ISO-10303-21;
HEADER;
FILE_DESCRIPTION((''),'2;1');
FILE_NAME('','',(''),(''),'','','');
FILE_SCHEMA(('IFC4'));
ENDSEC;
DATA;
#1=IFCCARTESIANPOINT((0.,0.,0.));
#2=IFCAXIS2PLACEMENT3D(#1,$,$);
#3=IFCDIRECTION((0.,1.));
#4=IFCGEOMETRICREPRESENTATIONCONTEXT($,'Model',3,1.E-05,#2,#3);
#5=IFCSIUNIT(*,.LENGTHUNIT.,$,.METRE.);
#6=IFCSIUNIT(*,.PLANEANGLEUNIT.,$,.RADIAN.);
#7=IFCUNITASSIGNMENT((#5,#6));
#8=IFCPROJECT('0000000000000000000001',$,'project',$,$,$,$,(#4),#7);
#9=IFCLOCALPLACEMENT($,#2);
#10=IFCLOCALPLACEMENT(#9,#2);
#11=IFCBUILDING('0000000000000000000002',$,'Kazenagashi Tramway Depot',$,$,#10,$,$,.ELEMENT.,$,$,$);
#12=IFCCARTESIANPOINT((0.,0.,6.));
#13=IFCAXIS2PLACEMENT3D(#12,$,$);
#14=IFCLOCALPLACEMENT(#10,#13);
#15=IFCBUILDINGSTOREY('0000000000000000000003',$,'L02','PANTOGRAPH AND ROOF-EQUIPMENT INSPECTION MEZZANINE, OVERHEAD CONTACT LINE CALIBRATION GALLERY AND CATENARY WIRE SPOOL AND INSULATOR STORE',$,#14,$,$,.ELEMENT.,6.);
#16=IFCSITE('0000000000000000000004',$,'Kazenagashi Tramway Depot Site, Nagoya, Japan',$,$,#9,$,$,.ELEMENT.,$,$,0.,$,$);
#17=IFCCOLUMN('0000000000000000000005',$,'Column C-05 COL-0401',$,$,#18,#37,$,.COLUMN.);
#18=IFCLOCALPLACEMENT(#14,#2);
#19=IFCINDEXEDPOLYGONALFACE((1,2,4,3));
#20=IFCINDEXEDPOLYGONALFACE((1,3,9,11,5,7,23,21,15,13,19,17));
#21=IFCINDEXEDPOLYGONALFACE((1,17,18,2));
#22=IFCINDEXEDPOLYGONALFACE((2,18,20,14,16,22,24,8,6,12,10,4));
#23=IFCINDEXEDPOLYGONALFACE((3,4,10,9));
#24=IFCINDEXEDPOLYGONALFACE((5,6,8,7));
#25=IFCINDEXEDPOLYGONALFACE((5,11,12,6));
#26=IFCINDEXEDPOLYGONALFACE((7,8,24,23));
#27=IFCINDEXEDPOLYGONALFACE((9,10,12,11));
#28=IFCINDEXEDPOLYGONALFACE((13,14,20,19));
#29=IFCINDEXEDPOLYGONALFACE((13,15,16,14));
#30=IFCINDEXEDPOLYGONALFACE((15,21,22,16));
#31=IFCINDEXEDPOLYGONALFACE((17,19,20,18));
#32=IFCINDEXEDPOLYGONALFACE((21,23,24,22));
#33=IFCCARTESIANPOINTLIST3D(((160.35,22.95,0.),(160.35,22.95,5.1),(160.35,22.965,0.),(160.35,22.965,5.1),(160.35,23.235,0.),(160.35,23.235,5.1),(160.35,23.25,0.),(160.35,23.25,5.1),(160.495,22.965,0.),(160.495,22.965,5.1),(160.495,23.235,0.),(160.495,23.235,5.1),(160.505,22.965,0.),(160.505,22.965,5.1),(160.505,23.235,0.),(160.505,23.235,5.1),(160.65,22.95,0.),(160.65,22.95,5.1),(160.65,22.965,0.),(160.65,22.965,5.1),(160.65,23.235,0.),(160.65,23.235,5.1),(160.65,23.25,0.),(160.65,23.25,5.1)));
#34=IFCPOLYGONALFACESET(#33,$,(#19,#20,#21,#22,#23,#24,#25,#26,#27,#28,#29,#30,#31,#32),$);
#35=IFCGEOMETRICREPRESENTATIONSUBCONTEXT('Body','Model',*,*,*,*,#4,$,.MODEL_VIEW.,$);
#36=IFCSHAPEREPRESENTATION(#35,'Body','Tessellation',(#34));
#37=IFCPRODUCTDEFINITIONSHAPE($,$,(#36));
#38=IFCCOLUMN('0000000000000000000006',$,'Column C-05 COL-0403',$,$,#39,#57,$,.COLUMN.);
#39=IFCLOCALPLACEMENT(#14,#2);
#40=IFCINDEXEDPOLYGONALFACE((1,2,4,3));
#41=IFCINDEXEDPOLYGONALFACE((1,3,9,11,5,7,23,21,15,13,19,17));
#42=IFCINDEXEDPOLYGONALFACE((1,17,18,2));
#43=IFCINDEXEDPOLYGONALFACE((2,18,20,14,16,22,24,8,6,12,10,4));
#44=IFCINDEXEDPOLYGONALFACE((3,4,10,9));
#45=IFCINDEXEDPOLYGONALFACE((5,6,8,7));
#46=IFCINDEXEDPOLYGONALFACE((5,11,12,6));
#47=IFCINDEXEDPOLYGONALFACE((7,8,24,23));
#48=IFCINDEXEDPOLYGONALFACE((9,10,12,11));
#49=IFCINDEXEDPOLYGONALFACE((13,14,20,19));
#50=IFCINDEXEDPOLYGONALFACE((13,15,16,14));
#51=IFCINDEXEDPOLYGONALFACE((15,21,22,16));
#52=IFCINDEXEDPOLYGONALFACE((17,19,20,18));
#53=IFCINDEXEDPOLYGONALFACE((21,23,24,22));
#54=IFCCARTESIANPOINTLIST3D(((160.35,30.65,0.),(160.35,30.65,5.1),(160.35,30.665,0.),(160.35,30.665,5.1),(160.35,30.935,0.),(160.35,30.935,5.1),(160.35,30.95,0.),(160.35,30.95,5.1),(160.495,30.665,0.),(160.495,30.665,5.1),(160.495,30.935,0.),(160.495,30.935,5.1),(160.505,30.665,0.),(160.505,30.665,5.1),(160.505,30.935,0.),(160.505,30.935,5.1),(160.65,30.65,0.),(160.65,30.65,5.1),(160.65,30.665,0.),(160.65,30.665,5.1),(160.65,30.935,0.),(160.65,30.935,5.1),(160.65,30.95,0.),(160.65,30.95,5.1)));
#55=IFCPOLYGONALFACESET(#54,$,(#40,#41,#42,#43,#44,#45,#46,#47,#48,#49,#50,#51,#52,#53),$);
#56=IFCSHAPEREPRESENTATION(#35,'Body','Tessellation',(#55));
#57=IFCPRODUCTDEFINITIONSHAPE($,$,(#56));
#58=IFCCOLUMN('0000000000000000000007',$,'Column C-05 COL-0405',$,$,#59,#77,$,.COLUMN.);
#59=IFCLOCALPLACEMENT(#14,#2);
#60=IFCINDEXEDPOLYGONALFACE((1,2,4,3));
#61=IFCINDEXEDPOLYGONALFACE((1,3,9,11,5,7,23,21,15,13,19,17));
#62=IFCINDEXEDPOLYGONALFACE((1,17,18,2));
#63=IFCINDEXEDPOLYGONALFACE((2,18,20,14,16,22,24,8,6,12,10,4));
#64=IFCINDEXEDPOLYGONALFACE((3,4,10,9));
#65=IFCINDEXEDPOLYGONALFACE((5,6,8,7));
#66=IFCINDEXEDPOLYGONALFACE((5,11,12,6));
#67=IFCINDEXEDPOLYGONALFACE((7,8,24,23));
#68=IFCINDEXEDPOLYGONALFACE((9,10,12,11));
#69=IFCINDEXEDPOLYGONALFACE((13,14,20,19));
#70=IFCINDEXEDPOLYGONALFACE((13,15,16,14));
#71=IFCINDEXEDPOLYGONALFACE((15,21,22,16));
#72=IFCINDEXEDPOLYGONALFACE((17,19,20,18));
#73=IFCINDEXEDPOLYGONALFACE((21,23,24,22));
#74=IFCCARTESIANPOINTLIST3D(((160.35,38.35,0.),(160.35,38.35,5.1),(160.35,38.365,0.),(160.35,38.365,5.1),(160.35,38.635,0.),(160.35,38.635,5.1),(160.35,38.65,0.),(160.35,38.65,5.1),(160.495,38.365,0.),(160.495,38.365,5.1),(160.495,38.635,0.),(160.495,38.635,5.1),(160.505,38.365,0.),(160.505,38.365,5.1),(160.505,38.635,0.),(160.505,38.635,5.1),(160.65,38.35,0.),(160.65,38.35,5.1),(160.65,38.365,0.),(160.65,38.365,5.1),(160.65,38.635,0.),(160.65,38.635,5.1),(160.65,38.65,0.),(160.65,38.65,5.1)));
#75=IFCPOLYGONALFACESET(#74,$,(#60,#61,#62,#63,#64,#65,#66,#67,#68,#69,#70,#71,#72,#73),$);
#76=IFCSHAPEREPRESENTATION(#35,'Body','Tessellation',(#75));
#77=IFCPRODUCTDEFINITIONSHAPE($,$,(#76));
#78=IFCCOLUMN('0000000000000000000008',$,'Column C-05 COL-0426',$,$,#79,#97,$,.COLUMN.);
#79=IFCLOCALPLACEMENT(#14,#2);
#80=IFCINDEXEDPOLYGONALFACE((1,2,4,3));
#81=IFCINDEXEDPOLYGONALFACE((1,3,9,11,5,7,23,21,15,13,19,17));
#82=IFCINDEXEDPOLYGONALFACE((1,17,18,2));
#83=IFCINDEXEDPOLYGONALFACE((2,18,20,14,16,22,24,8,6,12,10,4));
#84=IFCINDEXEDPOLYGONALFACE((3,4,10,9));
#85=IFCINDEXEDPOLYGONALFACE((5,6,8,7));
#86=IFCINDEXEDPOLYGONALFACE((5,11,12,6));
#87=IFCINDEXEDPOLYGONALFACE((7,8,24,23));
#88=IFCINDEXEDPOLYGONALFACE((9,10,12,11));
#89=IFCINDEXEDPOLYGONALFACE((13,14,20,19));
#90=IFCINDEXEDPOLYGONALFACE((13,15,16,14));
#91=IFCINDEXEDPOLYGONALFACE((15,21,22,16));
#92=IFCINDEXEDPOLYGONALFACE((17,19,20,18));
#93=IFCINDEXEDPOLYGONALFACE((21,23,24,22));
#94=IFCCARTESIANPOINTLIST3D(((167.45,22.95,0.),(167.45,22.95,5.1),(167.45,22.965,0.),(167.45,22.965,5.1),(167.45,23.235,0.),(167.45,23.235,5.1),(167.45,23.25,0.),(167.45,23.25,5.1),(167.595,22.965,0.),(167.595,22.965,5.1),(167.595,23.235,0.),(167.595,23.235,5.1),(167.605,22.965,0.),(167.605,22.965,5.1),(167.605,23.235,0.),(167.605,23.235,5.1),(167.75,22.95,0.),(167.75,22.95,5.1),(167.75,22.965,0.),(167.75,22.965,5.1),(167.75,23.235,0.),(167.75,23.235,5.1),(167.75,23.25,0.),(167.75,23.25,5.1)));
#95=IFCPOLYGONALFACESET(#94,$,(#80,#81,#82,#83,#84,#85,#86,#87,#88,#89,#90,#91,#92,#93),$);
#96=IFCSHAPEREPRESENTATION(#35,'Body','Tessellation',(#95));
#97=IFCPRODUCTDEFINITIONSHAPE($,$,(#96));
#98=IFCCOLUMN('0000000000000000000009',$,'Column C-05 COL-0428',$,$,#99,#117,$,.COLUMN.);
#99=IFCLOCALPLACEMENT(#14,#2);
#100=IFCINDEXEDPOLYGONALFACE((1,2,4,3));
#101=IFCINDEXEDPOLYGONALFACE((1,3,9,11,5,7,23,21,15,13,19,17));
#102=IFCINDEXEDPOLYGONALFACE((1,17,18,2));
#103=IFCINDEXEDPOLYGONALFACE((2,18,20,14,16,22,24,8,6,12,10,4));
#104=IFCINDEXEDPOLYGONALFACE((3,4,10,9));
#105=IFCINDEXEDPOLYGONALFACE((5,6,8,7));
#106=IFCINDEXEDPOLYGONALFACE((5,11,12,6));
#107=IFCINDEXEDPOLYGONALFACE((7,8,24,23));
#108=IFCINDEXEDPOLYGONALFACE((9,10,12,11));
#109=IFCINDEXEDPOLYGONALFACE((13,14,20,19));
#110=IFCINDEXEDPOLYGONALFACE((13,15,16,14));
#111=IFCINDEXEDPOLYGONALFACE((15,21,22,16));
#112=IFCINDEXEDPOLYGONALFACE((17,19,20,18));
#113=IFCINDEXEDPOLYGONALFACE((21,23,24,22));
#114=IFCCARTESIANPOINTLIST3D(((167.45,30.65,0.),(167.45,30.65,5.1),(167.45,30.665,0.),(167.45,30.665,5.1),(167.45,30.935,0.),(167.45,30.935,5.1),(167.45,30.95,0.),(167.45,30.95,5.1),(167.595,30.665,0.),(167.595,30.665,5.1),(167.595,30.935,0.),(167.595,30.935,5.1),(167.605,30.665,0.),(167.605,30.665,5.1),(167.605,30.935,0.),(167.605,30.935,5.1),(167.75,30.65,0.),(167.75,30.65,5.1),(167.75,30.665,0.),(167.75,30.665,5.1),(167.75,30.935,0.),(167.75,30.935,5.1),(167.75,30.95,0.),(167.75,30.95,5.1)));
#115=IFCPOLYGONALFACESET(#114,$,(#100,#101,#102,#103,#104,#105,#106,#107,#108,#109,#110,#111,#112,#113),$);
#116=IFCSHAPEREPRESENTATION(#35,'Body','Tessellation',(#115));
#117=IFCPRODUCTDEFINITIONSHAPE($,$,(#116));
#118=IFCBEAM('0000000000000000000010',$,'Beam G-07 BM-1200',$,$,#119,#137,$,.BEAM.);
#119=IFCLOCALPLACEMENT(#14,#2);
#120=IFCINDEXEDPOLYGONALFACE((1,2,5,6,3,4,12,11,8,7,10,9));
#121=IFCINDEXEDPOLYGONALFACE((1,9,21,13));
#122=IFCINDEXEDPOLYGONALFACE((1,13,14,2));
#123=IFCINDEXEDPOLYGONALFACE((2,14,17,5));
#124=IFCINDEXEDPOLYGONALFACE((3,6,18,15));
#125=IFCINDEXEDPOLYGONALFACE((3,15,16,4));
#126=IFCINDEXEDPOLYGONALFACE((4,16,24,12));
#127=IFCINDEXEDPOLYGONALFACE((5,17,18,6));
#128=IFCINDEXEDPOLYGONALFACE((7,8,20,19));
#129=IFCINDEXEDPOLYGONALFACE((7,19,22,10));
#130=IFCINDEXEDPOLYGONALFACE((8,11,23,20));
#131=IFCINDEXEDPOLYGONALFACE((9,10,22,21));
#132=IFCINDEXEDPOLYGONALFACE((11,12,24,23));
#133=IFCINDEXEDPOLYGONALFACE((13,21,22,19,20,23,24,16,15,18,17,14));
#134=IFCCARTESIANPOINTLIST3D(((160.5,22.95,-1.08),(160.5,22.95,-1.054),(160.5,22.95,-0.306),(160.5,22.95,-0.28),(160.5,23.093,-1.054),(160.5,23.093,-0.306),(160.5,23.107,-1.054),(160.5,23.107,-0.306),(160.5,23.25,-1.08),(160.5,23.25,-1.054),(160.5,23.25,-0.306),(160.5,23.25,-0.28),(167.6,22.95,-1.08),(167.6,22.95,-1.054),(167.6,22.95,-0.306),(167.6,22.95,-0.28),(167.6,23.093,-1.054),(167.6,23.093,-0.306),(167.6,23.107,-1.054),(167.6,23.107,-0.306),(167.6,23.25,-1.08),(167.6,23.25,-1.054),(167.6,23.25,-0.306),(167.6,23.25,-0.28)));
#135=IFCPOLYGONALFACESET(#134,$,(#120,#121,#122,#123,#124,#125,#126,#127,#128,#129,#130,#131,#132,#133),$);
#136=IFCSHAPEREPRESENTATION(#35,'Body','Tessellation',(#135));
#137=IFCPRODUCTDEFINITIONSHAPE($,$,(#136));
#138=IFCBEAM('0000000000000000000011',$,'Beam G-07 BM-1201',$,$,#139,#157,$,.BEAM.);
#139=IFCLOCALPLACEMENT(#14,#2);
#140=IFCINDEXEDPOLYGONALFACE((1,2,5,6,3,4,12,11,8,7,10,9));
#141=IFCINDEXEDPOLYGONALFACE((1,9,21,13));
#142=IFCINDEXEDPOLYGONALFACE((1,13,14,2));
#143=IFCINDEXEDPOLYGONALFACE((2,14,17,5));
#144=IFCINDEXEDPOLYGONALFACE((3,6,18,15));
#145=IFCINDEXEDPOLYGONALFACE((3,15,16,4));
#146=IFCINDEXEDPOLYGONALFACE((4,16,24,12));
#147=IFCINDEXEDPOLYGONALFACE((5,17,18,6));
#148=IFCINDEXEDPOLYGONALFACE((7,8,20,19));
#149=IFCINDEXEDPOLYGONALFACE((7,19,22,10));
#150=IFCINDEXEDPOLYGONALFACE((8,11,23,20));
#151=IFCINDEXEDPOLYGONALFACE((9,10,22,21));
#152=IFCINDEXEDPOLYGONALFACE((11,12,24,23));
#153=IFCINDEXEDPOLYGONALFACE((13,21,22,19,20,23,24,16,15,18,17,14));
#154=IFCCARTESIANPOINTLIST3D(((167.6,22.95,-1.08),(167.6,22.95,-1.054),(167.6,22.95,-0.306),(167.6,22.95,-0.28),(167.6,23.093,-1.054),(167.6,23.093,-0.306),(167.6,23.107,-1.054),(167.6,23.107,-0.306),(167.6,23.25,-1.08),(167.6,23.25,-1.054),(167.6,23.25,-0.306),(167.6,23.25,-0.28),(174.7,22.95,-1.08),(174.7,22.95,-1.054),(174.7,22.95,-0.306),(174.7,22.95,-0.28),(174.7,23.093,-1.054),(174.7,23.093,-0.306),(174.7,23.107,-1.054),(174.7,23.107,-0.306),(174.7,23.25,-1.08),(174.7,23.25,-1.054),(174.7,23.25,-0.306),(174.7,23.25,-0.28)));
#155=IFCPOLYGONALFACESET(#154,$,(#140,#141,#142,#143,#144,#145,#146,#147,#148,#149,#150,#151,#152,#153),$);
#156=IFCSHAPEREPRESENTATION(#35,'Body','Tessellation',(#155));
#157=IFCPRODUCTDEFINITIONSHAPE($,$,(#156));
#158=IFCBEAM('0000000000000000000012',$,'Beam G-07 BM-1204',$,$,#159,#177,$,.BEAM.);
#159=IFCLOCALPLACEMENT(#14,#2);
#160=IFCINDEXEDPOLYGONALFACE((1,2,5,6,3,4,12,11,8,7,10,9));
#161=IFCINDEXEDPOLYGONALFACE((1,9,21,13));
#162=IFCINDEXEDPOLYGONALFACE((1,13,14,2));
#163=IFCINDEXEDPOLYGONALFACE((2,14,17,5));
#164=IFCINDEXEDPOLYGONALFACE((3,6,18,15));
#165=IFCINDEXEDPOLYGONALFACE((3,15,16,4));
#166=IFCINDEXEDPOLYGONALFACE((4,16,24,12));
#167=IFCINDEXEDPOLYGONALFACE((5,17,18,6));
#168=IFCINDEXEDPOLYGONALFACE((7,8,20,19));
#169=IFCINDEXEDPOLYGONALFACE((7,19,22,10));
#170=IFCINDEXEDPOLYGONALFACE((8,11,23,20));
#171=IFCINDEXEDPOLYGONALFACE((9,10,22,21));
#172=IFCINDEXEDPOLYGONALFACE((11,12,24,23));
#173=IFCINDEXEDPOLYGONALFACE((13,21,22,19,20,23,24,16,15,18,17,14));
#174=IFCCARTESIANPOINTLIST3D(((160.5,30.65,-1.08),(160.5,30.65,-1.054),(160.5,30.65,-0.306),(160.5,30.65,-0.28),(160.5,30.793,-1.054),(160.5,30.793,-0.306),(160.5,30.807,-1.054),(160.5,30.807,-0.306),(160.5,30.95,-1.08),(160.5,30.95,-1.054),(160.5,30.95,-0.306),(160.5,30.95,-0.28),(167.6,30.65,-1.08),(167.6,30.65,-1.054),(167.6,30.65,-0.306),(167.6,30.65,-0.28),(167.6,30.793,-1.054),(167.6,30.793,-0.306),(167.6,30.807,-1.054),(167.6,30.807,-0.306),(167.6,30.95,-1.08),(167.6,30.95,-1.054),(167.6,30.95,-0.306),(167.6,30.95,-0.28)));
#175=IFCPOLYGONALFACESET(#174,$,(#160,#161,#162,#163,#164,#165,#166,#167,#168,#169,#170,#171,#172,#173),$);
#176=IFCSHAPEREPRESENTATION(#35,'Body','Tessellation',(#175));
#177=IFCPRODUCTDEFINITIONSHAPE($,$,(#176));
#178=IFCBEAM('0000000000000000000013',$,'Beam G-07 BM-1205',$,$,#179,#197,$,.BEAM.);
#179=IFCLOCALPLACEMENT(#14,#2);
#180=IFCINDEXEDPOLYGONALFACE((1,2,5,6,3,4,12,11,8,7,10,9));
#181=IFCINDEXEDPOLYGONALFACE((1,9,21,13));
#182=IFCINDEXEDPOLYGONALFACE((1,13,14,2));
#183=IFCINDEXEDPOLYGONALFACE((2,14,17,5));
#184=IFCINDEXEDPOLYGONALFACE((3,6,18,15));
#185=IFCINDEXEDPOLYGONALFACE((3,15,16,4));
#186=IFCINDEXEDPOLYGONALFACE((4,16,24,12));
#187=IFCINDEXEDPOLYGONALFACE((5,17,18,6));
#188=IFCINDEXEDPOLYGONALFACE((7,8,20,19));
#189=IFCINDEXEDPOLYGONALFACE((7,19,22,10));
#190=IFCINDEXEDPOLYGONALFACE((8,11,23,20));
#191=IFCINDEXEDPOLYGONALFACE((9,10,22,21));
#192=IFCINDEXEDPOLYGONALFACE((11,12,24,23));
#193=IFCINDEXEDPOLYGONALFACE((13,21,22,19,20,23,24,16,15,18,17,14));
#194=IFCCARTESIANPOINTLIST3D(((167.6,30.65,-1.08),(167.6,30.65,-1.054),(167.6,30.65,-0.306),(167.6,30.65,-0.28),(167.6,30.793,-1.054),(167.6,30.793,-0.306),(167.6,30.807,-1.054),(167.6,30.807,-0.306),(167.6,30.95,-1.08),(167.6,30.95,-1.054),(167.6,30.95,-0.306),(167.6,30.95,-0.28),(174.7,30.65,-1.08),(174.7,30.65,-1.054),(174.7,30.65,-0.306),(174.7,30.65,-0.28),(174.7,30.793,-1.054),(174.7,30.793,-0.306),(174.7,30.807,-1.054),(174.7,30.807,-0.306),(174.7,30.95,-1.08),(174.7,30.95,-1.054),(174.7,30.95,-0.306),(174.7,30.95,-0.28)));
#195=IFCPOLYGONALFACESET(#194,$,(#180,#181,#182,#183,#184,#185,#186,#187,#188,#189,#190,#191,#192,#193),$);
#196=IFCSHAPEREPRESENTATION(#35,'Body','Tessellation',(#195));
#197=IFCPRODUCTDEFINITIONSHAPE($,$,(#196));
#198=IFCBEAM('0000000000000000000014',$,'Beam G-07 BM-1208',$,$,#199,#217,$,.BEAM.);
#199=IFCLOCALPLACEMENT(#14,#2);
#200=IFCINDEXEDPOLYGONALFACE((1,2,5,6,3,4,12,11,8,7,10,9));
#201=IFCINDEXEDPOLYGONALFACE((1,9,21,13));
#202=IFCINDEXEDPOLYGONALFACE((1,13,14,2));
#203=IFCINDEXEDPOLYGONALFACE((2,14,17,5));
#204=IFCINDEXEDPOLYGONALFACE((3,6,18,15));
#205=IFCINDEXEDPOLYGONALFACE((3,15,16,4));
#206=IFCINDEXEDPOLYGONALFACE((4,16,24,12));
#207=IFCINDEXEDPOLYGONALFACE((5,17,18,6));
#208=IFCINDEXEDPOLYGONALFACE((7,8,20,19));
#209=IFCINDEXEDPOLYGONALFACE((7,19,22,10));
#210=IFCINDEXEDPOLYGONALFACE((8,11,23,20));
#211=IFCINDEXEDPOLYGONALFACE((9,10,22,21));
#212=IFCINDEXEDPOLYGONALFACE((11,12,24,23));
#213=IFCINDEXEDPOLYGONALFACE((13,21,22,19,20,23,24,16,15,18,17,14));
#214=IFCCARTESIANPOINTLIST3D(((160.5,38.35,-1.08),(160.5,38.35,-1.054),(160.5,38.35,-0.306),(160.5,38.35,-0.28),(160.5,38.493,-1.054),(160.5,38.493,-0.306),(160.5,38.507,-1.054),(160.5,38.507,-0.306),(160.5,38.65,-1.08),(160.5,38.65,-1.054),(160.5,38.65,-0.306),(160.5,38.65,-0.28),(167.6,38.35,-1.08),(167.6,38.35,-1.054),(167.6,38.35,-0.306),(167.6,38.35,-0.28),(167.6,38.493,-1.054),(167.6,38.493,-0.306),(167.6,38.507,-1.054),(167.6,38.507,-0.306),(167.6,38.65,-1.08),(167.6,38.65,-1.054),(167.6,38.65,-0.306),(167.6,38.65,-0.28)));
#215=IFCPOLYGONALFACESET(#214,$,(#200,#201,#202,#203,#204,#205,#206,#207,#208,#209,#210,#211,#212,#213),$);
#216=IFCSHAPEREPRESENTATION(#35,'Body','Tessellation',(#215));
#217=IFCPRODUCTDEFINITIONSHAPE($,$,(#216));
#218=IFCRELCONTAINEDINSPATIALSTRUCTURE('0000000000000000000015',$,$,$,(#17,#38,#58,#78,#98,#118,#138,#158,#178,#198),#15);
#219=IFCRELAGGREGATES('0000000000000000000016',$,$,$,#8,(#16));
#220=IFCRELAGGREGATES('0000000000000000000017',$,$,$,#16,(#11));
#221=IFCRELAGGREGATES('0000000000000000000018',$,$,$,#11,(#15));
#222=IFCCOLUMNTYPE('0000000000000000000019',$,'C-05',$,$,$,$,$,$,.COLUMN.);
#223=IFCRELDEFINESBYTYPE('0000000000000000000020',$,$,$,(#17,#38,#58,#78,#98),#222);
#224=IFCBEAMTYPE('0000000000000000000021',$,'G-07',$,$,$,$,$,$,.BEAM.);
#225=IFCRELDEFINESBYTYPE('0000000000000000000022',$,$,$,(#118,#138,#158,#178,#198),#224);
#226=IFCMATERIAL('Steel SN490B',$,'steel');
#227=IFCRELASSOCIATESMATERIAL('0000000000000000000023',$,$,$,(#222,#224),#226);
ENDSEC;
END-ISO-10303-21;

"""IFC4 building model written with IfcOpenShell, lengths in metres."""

from ifc_helpers import new_model, si_unit, direction, frame, origin, origin_2d, place, context, subcontext, project, spatial, i_section, extrude, material, material_profile, profile_set, type_object, element, save


model = new_model("IFC4")

# Units and contexts
model_context = context("Model", 3, precision=1e-05, world=origin(), true_north=direction((0.0, 1.0)))
body_context = subcontext(model_context, "Body", "Model", "MODEL_VIEW")
ifc_project = project(units=[si_unit("LENGTHUNIT", "METRE"), si_unit("PLANEANGLEUNIT", "RADIAN")], contexts=[model_context])

# Site, building, storey
site_placement = place(None, origin())
site = spatial("IfcSite", under=ifc_project, at=site_placement, Name="Kazenagashi Tramway Depot Site, Nagoya, Japan", CompositionType="ELEMENT", RefElevation=0.0)
building_placement = place(site_placement, origin())
building = spatial("IfcBuilding", under=site, at=building_placement, Name="Kazenagashi Tramway Depot", CompositionType="ELEMENT")
storey_placement = place(building_placement, frame((0.0, 0.0, 6.0)))
storey = spatial("IfcBuildingStorey", under=building, at=storey_placement, Name="L02", Description="PANTOGRAPH AND ROOF-EQUIPMENT INSPECTION MEZZANINE, OVERHEAD CONTACT LINE CALIBRATION GALLERY AND CATENARY WIRE SPOOL AND INSULATOR STORE", CompositionType="ELEMENT", Elevation=6.0)

# Columns
ifc_material_1 = material(Name="Steel SN490B", Category="steel")
ifc_material_profile_1 = material_profile(ifc_material_1, i_section(OverallWidth=0.3, OverallDepth=0.3, WebThickness=0.01, FlangeThickness=0.015, at=origin_2d()), Name="H-300x300x10x15")
ifc_profile_set_1 = profile_set([ifc_material_profile_1], Name="Steel SN490B")
column_type = type_object("IfcColumnType", Name="C-05", PredefinedType="COLUMN", material=ifc_profile_set_1)
for number, where, z_axis, x_axis, name in (
    (1, (160.5, 23.1, 0.0), (0.0, 0.0, 1.0), (1.0, 0.0, 0.0), "Column C-05 COL-0401"),
    (2, (160.5, 30.8, 0.0), (0.0, 0.0, 1.0), (1.0, 0.0, 0.0), "Column C-05 COL-0403"),
    (3, (160.5, 38.5, 0.0), (0.0, 0.0, 1.0), (1.0, 0.0, 0.0), "Column C-05 COL-0405"),
    (4, (167.6, 23.1, 0.0), (0.0, 0.0, 1.0), (1.0, 0.0, 0.0), "Column C-05 COL-0426"),
    (5, (167.6, 30.8, 0.0), (0.0, 0.0, 1.0), (1.0, 0.0, 0.0), "Column C-05 COL-0428"),
):
    element("IfcColumn", number, at=place(storey_placement, frame(where, z_axis=z_axis, x_axis=x_axis)), inside=storey, type_object=column_type, Name=name, PredefinedType="COLUMN", context=body_context, shape_type="SweptSolid", body=[
        extrude(i_section(OverallWidth=0.3, OverallDepth=0.3, WebThickness=0.01, FlangeThickness=0.015, at=origin_2d()), origin(), (0.0, 0.0, 1.0), 5.1),
    ])

# Beams
ifc_material_profile_2 = material_profile(ifc_material_1, i_section(OverallWidth=0.3, OverallDepth=0.8, WebThickness=0.014, FlangeThickness=0.026, at=origin_2d()), Name="H-800x300x14x26")
ifc_profile_set_2 = profile_set([ifc_material_profile_2], Name="Steel SN490B")
beam_type_1 = type_object("IfcBeamType", Name="G-07", PredefinedType="BEAM", material=ifc_profile_set_2)
for number, where, z_axis, x_axis, name in (
    (6, (160.5, 23.1, -0.68), (1.0, 0.0, 0.0), (0.0, 1.0, 0.0), "Beam G-07 BM-1200"),
    (7, (167.6, 23.1, -0.68), (1.0, 0.0, 0.0), (0.0, 1.0, 0.0), "Beam G-07 BM-1201"),
    (8, (160.5, 30.8, -0.68), (1.0, 0.0, 0.0), (0.0, 1.0, 0.0), "Beam G-07 BM-1204"),
    (9, (167.6, 30.8, -0.68), (1.0, 0.0, 0.0), (0.0, 1.0, 0.0), "Beam G-07 BM-1205"),
    (10, (160.5, 38.5, -0.68), (1.0, 0.0, 0.0), (0.0, 1.0, 0.0), "Beam G-07 BM-1208"),
):
    element("IfcBeam", number, at=place(storey_placement, frame(where, z_axis=z_axis, x_axis=x_axis)), inside=storey, type_object=beam_type_1, Name=name, PredefinedType="BEAM", context=body_context, shape_type="SweptSolid", body=[
        extrude(i_section(OverallWidth=0.3, OverallDepth=0.8, WebThickness=0.014, FlangeThickness=0.026, at=origin_2d()), origin(), (0.0, 0.0, 1.0), 7.1),
    ])

save(model, "model.ifc")
